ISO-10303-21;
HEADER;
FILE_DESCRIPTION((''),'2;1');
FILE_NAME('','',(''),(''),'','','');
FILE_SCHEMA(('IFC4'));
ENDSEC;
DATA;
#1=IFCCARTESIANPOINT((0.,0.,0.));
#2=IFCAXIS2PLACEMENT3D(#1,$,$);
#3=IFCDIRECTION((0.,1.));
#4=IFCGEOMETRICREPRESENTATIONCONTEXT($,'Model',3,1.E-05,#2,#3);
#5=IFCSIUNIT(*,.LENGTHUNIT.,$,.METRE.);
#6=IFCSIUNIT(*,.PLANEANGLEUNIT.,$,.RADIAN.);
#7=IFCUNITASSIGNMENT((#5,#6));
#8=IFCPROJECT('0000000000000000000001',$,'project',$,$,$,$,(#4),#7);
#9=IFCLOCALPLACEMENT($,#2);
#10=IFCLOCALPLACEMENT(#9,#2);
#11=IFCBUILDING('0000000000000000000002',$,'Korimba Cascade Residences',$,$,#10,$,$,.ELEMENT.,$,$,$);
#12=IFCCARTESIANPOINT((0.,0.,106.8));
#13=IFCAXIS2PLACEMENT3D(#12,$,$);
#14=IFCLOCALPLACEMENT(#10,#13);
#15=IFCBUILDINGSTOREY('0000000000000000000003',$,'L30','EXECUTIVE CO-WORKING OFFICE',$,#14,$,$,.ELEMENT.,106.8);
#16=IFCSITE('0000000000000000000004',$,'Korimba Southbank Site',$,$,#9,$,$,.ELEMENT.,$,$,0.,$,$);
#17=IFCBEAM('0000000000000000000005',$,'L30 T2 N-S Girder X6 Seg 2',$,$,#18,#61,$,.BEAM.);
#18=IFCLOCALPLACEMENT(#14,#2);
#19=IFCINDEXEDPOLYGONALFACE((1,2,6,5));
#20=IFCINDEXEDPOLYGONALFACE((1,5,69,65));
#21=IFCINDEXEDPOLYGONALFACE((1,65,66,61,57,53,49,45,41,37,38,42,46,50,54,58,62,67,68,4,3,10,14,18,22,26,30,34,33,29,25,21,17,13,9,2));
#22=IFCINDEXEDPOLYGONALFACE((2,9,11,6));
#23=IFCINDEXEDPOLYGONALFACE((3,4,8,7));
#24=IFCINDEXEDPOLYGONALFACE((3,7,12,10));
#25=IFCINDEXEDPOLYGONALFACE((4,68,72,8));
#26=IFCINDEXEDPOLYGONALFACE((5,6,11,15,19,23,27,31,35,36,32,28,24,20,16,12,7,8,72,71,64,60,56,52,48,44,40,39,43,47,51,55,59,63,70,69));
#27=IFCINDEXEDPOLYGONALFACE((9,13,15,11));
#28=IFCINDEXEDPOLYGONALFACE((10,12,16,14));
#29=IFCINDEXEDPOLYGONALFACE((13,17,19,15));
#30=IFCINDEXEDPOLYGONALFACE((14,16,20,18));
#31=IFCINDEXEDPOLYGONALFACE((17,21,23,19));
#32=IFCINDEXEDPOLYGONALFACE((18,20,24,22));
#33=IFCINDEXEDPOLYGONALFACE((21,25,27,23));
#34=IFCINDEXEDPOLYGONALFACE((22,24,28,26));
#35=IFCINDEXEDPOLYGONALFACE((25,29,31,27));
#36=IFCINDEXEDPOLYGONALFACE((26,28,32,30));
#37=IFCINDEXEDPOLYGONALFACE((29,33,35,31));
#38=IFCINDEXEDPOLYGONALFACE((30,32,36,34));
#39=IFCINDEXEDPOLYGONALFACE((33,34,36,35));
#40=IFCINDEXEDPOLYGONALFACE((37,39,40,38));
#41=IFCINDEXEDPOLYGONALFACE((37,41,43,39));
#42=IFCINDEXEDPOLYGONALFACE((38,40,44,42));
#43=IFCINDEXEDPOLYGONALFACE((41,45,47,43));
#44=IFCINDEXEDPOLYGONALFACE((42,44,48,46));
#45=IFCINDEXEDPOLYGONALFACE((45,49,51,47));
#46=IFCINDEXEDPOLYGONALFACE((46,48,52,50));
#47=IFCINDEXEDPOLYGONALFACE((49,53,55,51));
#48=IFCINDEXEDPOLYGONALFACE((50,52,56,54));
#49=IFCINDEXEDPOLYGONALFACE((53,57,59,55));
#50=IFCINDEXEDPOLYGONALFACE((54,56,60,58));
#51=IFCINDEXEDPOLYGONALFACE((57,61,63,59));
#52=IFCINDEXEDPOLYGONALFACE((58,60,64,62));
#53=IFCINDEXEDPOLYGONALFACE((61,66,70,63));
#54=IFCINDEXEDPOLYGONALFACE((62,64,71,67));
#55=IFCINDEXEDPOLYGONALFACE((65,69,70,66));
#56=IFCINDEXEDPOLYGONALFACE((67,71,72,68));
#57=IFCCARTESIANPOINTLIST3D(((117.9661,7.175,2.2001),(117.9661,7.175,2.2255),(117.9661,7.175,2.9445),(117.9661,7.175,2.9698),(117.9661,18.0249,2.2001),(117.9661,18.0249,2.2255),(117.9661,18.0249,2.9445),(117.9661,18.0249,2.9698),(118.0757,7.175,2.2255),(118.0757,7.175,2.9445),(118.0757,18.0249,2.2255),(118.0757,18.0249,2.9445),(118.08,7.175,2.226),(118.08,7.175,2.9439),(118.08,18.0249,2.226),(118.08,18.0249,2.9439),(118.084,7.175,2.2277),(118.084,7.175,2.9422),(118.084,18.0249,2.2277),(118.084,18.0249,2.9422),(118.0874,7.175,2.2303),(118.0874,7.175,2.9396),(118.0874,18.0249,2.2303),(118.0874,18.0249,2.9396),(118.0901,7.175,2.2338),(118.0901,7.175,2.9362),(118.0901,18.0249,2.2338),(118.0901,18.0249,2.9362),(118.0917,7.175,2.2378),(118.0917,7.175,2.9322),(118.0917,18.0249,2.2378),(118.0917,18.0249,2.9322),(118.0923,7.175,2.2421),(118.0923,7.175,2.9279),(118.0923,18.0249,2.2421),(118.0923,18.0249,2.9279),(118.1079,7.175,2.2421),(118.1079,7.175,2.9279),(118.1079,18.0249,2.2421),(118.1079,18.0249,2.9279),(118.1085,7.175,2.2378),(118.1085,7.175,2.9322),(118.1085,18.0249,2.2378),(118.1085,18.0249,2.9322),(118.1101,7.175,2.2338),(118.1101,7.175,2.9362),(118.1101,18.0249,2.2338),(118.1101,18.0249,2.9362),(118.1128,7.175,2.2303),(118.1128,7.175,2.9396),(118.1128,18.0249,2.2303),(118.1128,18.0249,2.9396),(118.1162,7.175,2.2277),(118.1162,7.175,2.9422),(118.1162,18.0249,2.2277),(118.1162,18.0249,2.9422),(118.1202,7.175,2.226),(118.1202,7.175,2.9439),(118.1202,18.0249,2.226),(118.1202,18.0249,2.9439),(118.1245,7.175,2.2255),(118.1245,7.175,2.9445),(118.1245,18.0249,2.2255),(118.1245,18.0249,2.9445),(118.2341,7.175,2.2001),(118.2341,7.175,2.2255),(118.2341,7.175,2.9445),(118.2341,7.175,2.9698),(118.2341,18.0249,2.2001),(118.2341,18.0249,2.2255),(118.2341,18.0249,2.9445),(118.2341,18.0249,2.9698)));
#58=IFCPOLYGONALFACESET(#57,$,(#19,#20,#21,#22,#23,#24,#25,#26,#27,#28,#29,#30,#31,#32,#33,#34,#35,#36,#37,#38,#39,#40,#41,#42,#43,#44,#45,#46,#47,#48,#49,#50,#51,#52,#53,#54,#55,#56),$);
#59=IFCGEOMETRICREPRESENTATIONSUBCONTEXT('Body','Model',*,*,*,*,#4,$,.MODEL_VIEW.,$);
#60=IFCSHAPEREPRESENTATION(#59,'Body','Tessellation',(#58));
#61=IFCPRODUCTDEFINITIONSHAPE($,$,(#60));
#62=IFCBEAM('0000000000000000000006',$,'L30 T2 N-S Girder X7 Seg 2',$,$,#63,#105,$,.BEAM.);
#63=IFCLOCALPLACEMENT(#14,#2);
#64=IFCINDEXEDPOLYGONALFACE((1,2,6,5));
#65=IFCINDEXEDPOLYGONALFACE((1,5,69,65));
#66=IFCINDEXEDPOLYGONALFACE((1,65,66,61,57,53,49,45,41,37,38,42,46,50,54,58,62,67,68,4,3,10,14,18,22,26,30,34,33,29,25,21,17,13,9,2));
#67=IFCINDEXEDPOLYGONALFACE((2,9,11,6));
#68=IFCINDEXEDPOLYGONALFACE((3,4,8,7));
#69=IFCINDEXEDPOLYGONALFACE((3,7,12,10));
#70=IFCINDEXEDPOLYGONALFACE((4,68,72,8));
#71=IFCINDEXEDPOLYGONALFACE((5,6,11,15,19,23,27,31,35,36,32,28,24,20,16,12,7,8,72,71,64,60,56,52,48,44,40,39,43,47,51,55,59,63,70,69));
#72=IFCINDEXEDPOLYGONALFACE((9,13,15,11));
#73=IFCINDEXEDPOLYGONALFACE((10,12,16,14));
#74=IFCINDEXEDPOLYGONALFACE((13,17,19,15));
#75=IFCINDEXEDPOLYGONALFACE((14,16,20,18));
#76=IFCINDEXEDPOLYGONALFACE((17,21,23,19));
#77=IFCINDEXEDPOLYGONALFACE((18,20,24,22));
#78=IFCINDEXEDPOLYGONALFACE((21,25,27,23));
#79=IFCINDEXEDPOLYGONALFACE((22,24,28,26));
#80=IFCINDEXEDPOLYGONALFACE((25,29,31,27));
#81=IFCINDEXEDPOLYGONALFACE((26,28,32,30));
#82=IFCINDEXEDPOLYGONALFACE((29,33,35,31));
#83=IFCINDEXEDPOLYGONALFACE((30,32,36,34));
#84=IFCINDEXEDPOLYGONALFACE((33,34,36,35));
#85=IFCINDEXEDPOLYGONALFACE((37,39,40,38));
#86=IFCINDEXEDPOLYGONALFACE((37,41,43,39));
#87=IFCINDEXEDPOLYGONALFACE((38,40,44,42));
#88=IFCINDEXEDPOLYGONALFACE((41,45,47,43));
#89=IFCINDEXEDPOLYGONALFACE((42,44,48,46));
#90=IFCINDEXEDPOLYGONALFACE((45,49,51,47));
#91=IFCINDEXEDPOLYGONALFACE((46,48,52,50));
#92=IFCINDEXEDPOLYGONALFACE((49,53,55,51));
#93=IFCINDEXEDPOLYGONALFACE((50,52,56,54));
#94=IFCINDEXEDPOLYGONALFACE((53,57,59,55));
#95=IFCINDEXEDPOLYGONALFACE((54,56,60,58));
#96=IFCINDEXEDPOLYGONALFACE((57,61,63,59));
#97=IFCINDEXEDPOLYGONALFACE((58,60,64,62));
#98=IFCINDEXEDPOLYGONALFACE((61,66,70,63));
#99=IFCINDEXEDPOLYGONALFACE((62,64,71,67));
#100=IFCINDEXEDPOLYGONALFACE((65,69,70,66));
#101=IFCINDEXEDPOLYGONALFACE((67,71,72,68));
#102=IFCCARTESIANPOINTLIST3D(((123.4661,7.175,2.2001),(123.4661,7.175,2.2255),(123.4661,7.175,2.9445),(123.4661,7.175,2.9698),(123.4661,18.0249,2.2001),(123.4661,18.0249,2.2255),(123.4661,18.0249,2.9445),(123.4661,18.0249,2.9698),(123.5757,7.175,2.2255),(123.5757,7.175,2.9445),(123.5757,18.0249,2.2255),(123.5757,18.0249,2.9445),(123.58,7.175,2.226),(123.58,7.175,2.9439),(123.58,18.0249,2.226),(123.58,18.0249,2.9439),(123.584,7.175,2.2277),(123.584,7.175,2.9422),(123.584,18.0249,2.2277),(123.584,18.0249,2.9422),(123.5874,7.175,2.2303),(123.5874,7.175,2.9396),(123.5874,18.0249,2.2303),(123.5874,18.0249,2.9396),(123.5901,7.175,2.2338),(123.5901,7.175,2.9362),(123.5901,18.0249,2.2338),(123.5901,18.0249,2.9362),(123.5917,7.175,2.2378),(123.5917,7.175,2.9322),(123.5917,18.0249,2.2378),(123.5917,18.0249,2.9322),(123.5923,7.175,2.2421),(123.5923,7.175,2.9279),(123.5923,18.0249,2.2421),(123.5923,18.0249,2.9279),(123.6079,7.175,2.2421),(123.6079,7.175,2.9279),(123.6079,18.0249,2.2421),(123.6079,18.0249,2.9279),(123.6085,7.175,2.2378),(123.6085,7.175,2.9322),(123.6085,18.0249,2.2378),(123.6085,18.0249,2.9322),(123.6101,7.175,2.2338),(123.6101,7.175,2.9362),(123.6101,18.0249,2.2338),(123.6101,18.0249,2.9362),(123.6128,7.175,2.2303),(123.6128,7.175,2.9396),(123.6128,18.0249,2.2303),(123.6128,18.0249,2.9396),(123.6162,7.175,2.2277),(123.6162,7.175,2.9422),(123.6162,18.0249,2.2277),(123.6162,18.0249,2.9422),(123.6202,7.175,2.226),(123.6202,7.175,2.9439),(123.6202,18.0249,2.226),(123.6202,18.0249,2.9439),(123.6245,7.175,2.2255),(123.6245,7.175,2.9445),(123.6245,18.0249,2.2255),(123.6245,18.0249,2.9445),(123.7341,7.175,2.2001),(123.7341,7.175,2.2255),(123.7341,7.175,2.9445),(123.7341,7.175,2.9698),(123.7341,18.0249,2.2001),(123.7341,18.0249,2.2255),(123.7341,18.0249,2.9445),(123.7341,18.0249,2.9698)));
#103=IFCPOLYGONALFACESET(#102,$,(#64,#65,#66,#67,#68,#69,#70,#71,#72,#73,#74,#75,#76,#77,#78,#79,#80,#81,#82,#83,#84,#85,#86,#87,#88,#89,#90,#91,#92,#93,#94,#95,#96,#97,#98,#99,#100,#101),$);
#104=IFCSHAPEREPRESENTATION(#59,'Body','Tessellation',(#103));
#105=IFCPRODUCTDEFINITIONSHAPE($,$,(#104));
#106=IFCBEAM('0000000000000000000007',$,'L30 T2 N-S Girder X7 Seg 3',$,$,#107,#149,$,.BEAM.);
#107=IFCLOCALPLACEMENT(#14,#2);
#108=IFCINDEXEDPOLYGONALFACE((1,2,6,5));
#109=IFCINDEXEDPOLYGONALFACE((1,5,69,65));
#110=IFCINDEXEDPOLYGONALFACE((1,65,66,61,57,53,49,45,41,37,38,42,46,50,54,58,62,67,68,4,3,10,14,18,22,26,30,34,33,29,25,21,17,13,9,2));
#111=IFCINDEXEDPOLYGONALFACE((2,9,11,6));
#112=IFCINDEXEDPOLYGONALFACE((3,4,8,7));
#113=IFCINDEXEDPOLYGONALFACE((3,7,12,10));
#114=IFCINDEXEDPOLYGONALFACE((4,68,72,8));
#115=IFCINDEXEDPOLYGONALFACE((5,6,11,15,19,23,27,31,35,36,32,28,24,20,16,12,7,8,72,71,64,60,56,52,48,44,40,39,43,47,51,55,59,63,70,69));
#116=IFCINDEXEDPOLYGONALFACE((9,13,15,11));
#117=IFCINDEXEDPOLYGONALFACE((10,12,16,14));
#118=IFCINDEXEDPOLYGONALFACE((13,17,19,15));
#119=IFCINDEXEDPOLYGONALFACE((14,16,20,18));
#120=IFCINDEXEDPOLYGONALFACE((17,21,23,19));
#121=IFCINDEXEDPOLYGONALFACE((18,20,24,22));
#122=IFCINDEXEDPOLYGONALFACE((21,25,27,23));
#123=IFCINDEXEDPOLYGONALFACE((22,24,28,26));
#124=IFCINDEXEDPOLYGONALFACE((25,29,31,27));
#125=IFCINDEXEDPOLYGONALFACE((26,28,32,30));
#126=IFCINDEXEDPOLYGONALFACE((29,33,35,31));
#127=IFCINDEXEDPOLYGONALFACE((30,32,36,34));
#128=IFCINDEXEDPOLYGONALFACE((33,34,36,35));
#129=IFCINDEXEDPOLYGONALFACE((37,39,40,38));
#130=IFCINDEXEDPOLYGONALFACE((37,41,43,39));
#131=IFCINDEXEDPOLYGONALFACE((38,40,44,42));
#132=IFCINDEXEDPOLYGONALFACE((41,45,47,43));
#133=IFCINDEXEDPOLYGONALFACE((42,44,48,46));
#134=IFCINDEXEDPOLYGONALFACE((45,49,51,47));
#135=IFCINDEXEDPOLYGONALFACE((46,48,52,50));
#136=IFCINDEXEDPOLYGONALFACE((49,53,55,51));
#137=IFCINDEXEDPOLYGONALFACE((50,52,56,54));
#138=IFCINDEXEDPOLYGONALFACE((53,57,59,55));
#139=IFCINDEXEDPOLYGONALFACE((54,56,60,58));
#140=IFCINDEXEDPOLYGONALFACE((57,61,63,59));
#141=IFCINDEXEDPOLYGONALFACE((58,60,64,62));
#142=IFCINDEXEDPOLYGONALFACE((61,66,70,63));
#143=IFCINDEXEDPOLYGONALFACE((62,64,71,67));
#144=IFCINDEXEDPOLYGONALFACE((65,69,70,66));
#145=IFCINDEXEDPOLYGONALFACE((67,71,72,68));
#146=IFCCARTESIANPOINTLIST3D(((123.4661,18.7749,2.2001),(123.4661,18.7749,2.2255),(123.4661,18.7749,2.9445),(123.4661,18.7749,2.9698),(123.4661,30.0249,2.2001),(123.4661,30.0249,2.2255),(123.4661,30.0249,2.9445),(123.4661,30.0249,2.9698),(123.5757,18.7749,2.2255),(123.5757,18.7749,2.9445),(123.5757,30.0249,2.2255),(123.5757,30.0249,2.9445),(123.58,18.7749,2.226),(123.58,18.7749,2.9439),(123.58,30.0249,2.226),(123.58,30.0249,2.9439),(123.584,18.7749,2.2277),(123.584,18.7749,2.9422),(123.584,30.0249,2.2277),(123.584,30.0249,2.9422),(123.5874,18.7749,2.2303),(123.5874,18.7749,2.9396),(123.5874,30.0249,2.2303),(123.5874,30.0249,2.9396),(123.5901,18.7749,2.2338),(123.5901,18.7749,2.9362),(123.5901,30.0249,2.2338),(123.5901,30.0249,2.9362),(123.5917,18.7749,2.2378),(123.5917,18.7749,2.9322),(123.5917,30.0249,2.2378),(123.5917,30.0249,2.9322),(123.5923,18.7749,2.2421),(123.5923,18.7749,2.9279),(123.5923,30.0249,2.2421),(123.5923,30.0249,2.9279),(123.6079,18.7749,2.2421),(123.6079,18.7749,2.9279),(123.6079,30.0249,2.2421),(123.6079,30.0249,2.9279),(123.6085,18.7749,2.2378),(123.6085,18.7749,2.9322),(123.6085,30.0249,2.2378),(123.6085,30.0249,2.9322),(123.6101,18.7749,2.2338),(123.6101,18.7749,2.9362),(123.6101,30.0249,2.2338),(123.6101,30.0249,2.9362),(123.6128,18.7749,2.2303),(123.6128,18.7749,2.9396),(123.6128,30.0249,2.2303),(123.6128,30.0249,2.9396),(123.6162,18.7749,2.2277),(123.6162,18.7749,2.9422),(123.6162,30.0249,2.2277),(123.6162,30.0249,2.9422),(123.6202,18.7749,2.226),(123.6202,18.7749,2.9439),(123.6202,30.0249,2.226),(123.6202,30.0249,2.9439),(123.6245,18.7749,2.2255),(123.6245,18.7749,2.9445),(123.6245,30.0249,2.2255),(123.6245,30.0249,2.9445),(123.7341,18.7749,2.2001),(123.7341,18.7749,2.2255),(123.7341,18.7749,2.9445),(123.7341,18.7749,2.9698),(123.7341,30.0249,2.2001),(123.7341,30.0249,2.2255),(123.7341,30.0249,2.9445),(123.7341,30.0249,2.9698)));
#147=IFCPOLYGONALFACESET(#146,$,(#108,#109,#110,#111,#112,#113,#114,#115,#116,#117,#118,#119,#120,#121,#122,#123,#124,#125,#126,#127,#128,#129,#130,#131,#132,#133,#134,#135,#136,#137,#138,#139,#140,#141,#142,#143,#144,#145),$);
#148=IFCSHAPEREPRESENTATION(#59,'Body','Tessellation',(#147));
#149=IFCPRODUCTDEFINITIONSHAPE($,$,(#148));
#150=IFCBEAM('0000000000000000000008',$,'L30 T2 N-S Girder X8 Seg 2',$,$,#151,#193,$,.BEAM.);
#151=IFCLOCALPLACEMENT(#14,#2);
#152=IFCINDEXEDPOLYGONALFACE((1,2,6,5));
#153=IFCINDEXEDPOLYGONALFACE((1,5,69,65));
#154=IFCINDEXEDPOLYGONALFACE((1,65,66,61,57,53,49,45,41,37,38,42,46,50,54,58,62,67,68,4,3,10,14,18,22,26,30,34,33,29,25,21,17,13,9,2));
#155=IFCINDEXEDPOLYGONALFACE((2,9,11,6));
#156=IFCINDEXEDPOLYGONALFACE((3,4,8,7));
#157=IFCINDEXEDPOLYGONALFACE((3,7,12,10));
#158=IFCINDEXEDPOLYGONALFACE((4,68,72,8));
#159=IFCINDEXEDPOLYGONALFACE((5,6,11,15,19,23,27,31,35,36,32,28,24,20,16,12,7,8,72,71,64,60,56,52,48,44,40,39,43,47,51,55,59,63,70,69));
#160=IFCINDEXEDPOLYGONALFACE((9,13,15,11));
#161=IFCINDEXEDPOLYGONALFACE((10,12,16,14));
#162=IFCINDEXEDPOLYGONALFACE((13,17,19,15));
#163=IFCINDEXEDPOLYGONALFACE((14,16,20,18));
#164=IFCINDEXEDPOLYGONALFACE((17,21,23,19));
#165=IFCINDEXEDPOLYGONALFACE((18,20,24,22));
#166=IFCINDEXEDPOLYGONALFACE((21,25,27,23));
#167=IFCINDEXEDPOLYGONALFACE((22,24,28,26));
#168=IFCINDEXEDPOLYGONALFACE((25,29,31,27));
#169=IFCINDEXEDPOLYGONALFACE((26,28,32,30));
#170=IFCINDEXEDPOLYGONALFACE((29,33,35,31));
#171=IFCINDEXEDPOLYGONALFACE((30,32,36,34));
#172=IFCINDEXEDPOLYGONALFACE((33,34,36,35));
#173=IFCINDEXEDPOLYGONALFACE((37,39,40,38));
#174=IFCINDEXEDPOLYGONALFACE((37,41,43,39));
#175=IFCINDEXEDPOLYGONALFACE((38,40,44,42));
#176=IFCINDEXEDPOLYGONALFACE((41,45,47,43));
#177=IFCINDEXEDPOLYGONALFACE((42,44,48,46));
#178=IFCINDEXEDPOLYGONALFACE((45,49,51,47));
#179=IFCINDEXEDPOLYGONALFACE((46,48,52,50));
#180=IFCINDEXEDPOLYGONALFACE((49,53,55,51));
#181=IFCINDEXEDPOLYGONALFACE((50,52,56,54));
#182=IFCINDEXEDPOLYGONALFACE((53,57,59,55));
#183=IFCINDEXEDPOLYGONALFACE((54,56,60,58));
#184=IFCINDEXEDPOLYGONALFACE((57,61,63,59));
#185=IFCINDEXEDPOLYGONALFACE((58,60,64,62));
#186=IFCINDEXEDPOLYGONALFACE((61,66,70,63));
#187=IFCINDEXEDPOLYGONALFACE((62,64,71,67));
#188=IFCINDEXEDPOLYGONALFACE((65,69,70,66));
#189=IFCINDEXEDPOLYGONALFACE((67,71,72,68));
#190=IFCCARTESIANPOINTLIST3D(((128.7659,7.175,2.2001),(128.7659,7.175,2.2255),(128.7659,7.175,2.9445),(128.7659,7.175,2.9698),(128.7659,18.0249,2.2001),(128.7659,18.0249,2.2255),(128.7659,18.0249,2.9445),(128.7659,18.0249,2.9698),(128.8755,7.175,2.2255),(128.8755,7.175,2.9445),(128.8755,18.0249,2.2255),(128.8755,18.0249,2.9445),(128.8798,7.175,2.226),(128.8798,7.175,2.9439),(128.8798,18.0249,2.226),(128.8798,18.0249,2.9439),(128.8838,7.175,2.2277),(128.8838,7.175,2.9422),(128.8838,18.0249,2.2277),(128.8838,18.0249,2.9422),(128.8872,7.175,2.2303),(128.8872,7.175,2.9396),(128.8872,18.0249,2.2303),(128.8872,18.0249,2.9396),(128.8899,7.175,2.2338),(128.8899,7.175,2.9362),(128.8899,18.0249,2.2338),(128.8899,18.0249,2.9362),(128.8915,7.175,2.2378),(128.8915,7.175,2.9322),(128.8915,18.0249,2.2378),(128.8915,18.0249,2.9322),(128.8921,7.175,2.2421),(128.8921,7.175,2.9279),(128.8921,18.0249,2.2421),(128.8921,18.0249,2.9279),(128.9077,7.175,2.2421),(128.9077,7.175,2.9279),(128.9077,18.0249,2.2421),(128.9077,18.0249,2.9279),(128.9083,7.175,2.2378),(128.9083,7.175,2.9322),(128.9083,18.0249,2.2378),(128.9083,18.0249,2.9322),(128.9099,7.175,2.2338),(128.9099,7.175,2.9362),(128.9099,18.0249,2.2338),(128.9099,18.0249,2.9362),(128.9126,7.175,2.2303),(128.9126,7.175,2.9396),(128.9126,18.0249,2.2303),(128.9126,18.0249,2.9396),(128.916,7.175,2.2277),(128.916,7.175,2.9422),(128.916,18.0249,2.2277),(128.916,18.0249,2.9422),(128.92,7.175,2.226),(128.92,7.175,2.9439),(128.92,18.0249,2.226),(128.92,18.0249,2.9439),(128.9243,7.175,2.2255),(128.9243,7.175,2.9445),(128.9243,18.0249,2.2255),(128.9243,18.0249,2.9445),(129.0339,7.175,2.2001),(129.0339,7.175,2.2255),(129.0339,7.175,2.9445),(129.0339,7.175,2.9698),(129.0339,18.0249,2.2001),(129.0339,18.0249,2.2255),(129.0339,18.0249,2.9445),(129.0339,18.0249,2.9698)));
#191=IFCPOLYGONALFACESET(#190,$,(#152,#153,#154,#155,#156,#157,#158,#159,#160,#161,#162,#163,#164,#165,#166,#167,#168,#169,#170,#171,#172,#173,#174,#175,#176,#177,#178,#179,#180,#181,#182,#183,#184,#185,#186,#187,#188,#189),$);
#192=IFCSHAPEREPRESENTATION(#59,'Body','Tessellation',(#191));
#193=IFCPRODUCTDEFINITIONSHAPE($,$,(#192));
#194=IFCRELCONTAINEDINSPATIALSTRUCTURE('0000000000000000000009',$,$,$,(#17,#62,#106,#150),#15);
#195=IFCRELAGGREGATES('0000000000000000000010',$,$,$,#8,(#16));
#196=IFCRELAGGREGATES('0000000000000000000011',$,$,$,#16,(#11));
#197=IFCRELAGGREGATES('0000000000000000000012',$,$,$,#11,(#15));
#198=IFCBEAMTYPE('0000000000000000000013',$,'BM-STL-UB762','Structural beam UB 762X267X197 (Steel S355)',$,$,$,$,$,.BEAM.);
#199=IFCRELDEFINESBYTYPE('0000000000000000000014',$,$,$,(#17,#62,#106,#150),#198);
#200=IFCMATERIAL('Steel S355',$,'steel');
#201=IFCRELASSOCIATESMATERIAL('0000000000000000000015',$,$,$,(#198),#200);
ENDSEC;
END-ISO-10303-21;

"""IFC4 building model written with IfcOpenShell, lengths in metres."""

from ifc_helpers import new_model, si_unit, direction, frame, origin, origin_2d, place, context, subcontext, project, spatial, i_section, extrude, material, material_profile, profile_set, type_object, element, save


model = new_model("IFC4")

# Units and contexts
model_context = context("Model", 3, precision=1e-05, world=origin(), true_north=direction((0.0, 1.0)))
body_context = subcontext(model_context, "Body", "Model", "MODEL_VIEW")
ifc_project = project(units=[si_unit("LENGTHUNIT", "METRE"), si_unit("PLANEANGLEUNIT", "RADIAN")], contexts=[model_context])

# Site, building, storey
site_placement = place(None, origin())
site = spatial("IfcSite", under=ifc_project, at=site_placement, Name="Korimba Southbank Site", CompositionType="ELEMENT", RefElevation=0.0)
building_placement = place(site_placement, origin())
building = spatial("IfcBuilding", under=site, at=building_placement, Name="Korimba Cascade Residences", CompositionType="ELEMENT")
storey_placement = place(building_placement, frame((0.0, 0.0, 106.8)))
storey = spatial("IfcBuildingStorey", under=building, at=storey_placement, Name="L30", Description="EXECUTIVE CO-WORKING OFFICE", CompositionType="ELEMENT", Elevation=106.8)

# Beams
ifc_material_1 = material(Name="Steel S355", Category="steel")
ifc_material_profile_1 = material_profile(ifc_material_1, i_section(OverallWidth=0.2681, OverallDepth=0.7698, WebThickness=0.0156, FlangeThickness=0.0254, FilletRadius=0.0166, at=origin_2d()), Name="Steel S355")
ifc_profile_set_1 = profile_set([ifc_material_profile_1], Name="Steel S355")
beam_type_1 = type_object("IfcBeamType", Name="BM-STL-UB762", Description="Structural beam UB 762X267X197 (Steel S355)", PredefinedType="BEAM", material=ifc_profile_set_1)
for number, where, z_axis, x_axis, name in (
    (1, (118.1001, 7.175, 2.585), (0.0, 1.0, 0.0), (-1.0, 0.0, 0.0), "L30 T2 N-S Girder X6 Seg 2"),
    (2, (123.6001, 7.175, 2.585), (0.0, 1.0, 0.0), (-1.0, 0.0, 0.0), "L30 T2 N-S Girder X7 Seg 2"),
):
    element("IfcBeam", number, at=place(storey_placement, frame(where, z_axis=z_axis, x_axis=x_axis)), inside=storey, type_object=beam_type_1, Name=name, PredefinedType="BEAM", context=body_context, shape_type="SweptSolid", body=[
        extrude(i_section(OverallWidth=0.2681, OverallDepth=0.7698, WebThickness=0.0156, FlangeThickness=0.0254, FilletRadius=0.0166, at=origin_2d()), origin(), (0.0, 0.0, 1.0), 10.8499),
    ])
beam_1_placement = place(storey_placement, frame((123.6001, 18.7749, 2.585), z_axis=(0.0, 1.0, 0.0), x_axis=(-1.0, 0.0, 0.0)))
element("IfcBeam", 3, at=beam_1_placement, inside=storey, type_object=beam_type_1, Name="L30 T2 N-S Girder X7 Seg 3", PredefinedType="BEAM", context=body_context, shape_type="SweptSolid", body=[
    extrude(i_section(OverallWidth=0.2681, OverallDepth=0.7698, WebThickness=0.0156, FlangeThickness=0.0254, FilletRadius=0.0166, at=origin_2d()), origin(), (0.0, 0.0, 1.0), 11.25),
])
beam_2_placement = place(storey_placement, frame((128.8999, 7.175, 2.585), z_axis=(0.0, 1.0, 0.0), x_axis=(-1.0, 0.0, 0.0)))
element("IfcBeam", 4, at=beam_2_placement, inside=storey, type_object=beam_type_1, Name="L30 T2 N-S Girder X8 Seg 2", PredefinedType="BEAM", context=body_context, shape_type="SweptSolid", body=[
    extrude(i_section(OverallWidth=0.2681, OverallDepth=0.7698, WebThickness=0.0156, FlangeThickness=0.0254, FilletRadius=0.0166, at=origin_2d()), origin(), (0.0, 0.0, 1.0), 10.8499),
])

save(model, "model.ifc")
